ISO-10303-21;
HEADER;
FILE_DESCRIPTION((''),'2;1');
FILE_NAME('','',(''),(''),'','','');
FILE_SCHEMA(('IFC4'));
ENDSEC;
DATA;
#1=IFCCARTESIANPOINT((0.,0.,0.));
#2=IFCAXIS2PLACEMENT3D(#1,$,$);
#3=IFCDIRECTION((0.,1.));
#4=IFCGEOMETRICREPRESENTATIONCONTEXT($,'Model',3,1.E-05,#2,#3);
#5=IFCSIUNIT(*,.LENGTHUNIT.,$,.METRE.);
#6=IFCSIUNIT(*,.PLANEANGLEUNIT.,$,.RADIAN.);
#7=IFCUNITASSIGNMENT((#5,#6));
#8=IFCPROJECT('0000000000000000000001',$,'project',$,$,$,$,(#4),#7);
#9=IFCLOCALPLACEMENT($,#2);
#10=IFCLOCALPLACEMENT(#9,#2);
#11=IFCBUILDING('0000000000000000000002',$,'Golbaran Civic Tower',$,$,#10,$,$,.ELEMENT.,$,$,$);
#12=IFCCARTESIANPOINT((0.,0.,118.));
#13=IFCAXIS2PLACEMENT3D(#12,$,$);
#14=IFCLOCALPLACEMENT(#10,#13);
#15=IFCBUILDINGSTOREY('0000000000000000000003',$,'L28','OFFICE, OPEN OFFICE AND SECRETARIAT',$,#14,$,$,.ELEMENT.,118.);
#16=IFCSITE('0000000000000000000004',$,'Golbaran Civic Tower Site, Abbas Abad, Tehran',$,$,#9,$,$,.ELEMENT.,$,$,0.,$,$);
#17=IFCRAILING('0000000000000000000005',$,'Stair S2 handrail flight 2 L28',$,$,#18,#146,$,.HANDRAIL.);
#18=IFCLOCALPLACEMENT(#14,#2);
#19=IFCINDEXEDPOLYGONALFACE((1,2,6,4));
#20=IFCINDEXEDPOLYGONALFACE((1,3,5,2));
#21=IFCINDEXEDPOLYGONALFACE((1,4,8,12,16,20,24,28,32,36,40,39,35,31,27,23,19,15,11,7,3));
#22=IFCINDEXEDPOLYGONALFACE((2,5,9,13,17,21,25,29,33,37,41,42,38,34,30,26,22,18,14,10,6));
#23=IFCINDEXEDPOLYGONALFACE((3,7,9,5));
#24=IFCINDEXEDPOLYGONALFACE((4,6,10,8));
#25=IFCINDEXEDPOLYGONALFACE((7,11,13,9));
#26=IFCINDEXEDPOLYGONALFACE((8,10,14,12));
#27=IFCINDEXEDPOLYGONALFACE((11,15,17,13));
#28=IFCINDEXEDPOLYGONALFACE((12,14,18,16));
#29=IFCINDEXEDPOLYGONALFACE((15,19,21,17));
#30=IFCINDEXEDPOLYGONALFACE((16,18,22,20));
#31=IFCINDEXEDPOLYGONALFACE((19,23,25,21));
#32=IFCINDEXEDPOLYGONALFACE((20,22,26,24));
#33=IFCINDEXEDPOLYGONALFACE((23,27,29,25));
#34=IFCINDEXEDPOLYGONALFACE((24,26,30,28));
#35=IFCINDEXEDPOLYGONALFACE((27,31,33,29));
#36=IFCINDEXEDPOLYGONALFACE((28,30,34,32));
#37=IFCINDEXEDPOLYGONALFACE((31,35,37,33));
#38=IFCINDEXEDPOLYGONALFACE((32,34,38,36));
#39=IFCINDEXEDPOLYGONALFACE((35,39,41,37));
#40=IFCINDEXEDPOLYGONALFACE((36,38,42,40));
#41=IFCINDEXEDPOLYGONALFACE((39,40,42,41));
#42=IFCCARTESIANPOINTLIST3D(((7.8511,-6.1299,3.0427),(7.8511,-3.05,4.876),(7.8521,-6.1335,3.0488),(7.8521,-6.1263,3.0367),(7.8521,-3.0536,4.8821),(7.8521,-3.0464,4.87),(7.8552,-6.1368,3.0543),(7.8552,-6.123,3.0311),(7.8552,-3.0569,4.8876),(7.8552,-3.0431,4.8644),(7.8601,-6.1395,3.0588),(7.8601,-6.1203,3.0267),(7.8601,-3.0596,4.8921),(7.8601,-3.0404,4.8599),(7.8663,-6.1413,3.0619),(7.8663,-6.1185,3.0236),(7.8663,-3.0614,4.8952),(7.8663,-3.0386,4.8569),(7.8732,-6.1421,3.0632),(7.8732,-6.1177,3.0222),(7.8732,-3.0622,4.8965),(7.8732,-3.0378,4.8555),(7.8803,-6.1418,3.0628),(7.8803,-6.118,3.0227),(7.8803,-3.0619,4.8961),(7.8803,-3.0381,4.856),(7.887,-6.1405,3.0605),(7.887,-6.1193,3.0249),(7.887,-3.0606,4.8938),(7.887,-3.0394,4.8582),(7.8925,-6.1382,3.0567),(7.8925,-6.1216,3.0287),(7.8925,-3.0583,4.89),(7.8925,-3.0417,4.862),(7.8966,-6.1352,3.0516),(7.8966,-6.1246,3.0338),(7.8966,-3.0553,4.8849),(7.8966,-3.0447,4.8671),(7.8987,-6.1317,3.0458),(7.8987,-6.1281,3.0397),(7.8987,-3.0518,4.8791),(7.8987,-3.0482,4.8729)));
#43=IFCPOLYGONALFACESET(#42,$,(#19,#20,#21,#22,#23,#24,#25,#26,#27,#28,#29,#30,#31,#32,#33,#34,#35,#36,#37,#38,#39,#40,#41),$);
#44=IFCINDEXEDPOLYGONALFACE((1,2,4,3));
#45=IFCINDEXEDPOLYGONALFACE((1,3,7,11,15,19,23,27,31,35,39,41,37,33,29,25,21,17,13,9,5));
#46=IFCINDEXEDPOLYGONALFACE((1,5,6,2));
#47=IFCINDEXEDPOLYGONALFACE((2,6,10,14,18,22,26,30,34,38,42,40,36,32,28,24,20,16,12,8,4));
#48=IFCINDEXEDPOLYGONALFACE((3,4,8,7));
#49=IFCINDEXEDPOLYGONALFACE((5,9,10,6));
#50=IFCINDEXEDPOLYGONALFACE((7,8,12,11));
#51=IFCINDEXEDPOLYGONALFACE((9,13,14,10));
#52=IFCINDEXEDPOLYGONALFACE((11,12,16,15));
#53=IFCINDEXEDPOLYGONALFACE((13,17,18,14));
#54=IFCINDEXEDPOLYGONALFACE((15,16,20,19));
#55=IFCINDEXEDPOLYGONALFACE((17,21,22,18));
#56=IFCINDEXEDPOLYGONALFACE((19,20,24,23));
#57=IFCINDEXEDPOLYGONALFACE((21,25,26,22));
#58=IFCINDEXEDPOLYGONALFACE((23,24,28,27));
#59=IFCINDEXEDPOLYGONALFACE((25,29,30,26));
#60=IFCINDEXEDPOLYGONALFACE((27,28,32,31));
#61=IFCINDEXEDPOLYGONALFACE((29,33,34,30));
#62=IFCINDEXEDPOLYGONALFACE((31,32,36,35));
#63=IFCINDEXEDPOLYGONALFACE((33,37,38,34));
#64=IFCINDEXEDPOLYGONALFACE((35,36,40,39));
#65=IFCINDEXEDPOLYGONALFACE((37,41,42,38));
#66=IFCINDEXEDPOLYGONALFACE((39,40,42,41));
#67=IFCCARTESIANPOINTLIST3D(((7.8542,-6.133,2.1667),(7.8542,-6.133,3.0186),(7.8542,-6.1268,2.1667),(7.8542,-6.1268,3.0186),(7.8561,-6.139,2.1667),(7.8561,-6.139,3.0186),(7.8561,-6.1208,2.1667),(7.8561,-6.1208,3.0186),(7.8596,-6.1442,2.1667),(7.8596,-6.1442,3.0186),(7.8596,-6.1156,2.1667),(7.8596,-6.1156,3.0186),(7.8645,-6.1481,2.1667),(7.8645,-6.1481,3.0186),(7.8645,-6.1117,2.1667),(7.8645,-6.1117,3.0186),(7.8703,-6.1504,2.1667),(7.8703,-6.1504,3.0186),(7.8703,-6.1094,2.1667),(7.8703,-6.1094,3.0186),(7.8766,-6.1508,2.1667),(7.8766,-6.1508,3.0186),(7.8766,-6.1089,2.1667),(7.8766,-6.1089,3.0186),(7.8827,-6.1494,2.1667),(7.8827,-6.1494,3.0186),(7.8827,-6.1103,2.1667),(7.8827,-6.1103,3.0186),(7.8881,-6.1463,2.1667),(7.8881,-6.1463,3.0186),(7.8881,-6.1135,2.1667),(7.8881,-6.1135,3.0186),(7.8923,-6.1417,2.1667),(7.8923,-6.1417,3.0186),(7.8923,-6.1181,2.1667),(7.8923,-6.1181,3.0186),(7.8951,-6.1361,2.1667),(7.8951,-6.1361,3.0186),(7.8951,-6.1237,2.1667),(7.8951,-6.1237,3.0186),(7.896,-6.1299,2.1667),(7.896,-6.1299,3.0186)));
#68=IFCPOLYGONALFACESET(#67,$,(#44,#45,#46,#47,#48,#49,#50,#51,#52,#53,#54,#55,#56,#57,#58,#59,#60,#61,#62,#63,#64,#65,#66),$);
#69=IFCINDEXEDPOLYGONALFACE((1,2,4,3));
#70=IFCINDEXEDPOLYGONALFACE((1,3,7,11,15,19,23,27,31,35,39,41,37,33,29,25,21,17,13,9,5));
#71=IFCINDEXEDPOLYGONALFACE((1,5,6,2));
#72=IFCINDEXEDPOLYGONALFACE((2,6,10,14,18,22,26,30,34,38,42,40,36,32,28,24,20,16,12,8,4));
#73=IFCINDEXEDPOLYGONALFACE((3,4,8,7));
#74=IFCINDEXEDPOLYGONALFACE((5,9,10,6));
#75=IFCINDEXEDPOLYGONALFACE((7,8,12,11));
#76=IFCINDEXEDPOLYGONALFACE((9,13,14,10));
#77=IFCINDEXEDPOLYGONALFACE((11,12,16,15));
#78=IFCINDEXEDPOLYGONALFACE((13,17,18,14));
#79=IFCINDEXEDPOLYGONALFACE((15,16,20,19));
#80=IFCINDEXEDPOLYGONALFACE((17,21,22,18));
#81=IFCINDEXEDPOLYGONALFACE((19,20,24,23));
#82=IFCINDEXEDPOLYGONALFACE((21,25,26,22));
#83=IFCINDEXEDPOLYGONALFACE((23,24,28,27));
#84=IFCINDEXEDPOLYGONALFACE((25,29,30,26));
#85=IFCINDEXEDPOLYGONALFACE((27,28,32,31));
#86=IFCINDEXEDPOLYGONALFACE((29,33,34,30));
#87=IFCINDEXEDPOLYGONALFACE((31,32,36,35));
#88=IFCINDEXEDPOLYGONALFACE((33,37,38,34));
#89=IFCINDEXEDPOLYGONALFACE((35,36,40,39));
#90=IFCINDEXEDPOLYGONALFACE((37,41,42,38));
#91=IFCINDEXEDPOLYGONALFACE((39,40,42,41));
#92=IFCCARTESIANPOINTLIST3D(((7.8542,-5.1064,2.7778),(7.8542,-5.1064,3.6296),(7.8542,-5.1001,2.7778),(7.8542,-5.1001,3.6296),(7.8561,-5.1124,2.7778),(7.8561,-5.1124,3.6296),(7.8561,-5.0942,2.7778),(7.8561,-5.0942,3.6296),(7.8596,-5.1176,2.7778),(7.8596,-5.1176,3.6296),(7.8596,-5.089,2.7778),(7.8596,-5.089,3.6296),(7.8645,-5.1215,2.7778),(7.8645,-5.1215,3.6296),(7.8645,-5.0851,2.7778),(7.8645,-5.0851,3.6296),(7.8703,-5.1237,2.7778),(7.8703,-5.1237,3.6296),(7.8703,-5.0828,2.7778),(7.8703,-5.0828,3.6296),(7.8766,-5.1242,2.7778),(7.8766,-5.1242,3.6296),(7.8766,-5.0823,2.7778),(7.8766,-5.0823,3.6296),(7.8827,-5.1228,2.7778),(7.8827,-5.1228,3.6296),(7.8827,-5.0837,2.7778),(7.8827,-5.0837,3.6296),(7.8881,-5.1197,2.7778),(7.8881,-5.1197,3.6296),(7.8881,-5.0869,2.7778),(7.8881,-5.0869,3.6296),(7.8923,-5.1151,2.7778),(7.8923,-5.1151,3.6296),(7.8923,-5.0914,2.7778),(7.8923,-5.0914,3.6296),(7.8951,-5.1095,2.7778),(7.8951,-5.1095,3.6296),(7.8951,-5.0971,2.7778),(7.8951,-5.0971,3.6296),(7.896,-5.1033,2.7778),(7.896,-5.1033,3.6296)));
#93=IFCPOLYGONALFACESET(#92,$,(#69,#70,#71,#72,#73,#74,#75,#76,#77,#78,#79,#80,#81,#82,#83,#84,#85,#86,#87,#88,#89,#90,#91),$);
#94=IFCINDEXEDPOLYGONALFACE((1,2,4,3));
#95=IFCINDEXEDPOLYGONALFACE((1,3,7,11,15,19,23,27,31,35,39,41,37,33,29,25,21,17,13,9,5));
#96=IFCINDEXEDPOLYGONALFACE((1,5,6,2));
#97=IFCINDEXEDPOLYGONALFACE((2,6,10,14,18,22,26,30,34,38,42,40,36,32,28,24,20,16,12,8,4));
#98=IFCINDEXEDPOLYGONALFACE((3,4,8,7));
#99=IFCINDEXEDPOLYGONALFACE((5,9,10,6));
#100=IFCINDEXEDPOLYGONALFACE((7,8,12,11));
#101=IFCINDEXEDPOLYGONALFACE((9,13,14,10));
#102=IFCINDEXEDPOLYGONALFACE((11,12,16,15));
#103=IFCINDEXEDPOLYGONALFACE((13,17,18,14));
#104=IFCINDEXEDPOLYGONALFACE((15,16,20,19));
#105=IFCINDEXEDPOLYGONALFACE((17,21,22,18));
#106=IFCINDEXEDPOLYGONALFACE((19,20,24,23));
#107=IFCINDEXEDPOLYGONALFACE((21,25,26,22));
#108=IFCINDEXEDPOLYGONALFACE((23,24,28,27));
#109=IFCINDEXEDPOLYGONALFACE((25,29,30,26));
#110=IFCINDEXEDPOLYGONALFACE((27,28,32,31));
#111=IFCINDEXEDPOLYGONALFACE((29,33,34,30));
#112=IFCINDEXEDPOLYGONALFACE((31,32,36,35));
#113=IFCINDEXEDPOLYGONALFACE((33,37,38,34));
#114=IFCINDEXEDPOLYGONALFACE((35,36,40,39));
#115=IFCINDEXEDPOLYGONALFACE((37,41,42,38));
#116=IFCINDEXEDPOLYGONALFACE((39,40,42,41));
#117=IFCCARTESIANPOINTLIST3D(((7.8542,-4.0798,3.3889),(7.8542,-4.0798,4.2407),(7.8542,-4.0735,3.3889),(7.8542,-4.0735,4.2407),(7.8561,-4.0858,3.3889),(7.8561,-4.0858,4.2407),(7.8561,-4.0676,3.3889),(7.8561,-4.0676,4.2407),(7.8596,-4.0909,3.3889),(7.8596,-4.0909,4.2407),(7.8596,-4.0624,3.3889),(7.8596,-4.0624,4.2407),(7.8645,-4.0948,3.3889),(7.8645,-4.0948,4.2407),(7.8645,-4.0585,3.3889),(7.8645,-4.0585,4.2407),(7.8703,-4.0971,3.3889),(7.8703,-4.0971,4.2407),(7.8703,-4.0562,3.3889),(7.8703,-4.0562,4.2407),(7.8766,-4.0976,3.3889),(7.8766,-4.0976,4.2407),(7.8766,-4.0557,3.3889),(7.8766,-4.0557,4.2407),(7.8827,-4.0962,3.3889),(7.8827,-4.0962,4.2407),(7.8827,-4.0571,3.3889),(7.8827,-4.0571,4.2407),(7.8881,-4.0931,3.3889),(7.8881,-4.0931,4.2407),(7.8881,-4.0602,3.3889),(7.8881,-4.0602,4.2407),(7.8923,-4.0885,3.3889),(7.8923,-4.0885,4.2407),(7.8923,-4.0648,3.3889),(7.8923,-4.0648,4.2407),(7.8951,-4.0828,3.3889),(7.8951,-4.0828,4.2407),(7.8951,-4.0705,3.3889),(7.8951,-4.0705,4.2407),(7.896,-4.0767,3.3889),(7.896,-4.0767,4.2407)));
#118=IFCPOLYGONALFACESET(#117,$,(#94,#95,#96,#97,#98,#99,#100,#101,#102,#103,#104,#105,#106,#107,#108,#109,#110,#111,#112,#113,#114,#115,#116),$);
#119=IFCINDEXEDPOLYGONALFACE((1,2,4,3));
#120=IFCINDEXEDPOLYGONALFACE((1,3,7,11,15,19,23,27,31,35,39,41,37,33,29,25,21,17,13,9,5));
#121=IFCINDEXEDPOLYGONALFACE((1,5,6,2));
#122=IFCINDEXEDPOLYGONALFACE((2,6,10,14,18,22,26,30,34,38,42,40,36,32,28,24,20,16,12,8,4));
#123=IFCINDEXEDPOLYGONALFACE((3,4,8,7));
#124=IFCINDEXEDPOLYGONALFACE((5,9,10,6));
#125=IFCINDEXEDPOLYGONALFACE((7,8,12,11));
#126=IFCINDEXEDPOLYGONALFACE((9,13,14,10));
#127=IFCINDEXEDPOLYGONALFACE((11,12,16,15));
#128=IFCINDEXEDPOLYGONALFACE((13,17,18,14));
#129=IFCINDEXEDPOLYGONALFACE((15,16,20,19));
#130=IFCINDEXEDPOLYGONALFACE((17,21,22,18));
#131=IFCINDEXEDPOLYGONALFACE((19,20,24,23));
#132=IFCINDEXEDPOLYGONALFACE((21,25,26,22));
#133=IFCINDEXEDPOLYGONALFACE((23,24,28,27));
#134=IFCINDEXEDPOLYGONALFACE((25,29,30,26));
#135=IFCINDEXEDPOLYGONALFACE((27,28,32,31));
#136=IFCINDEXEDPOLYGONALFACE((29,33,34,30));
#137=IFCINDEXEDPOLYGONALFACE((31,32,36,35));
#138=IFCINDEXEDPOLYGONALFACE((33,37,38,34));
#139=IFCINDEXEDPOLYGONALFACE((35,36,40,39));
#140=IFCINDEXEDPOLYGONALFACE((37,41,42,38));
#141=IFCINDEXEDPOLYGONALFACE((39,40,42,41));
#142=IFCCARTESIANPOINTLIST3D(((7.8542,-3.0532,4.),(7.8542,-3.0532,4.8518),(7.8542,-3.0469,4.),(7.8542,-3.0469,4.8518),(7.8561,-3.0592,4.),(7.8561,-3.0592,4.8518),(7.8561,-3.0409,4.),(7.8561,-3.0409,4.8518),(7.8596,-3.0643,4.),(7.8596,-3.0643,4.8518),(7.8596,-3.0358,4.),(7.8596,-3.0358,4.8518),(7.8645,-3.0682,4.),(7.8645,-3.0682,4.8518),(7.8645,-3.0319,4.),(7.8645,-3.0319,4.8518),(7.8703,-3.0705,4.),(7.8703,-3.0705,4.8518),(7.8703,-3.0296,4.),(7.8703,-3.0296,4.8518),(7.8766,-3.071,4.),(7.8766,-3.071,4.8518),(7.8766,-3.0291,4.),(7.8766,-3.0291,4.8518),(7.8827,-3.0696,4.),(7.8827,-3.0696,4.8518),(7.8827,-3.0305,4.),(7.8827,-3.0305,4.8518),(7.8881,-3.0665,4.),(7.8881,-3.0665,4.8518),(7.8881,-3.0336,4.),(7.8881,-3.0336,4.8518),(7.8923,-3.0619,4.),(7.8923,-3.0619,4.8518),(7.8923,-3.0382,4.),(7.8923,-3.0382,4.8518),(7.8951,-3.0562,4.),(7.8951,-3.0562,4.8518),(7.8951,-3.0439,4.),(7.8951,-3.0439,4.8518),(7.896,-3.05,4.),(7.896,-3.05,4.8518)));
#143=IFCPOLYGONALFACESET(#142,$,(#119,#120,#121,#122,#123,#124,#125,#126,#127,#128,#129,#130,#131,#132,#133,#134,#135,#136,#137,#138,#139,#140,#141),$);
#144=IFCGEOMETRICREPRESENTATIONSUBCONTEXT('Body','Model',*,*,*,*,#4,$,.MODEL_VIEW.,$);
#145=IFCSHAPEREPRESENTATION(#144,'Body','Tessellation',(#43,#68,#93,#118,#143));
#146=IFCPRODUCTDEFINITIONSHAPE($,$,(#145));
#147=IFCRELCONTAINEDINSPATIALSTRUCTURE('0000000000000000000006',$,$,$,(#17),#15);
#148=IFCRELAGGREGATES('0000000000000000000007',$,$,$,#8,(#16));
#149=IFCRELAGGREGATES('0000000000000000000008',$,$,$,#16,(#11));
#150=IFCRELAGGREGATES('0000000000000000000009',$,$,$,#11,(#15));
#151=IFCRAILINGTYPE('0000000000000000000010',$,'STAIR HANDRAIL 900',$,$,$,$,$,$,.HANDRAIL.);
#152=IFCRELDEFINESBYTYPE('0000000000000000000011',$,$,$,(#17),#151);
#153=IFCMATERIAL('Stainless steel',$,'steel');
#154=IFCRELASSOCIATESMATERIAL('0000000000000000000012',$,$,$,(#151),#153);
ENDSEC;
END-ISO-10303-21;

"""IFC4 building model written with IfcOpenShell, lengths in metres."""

from ifc_helpers import new_model, si_unit, direction, frame, origin, origin_2d, place, context, subcontext, project, spatial, circle, extrude, material, type_object, element, save


model = new_model("IFC4")

# Units and contexts
model_context = context("Model", 3, precision=1e-05, world=origin(), true_north=direction((0.0, 1.0)))
body_context = subcontext(model_context, "Body", "Model", "MODEL_VIEW")
ifc_project = project(units=[si_unit("LENGTHUNIT", "METRE"), si_unit("PLANEANGLEUNIT", "RADIAN")], contexts=[model_context])

# Site, building, storey
site_placement = place(None, origin())
site = spatial("IfcSite", under=ifc_project, at=site_placement, Name="Golbaran Civic Tower Site, Abbas Abad, Tehran", CompositionType="ELEMENT", RefElevation=0.0)
building_placement = place(site_placement, origin())
building = spatial("IfcBuilding", under=site, at=building_placement, Name="Golbaran Civic Tower", CompositionType="ELEMENT")
storey_placement = place(building_placement, frame((0.0, 0.0, 118.0)))
storey = spatial("IfcBuildingStorey", under=building, at=storey_placement, Name="L28", Description="OFFICE, OPEN OFFICE AND SECRETARIAT", CompositionType="ELEMENT", Elevation=118.0)

# Shared definitions
ifc_material_1 = material(Name="Stainless steel", Category="steel")

# Railing
railing_type = type_object("IfcRailingType", Name="STAIR HANDRAIL 900", PredefinedType="HANDRAIL", material=ifc_material_1)
railing_1_placement = place(storey_placement, frame((7.875, -6.1299, 2.1667)))
element("IfcRailing", 1, at=railing_1_placement, inside=storey, type_object=railing_type, Name="Stair S2 handrail flight 2 L28", PredefinedType="HANDRAIL", context=body_context, shape_type="SweptSolid", body=[
    extrude(circle(Radius=0.0239, at=origin_2d()), frame((0.0, 0.0, 0.876), z_axis=(0.0, 0.859291, 0.511487), x_axis=(-1.0, 0.0, 0.0)), (0.0, 0.0, 1.0), 3.5842),
    extrude(circle(Radius=0.021, at=origin_2d()), origin(), (0.0, 0.0, 1.0), 0.8518),
    extrude(circle(Radius=0.021, at=origin_2d()), frame((0.0, 1.0266, 0.6111)), (0.0, 0.0, 1.0), 0.8518),
    extrude(circle(Radius=0.021, at=origin_2d()), frame((0.0, 2.0532, 1.2222)), (0.0, 0.0, 1.0), 0.8518),
    extrude(circle(Radius=0.021, at=origin_2d()), frame((0.0, 3.0798, 1.8333)), (0.0, 0.0, 1.0), 0.8518),
])

save(model, "model.ifc")
